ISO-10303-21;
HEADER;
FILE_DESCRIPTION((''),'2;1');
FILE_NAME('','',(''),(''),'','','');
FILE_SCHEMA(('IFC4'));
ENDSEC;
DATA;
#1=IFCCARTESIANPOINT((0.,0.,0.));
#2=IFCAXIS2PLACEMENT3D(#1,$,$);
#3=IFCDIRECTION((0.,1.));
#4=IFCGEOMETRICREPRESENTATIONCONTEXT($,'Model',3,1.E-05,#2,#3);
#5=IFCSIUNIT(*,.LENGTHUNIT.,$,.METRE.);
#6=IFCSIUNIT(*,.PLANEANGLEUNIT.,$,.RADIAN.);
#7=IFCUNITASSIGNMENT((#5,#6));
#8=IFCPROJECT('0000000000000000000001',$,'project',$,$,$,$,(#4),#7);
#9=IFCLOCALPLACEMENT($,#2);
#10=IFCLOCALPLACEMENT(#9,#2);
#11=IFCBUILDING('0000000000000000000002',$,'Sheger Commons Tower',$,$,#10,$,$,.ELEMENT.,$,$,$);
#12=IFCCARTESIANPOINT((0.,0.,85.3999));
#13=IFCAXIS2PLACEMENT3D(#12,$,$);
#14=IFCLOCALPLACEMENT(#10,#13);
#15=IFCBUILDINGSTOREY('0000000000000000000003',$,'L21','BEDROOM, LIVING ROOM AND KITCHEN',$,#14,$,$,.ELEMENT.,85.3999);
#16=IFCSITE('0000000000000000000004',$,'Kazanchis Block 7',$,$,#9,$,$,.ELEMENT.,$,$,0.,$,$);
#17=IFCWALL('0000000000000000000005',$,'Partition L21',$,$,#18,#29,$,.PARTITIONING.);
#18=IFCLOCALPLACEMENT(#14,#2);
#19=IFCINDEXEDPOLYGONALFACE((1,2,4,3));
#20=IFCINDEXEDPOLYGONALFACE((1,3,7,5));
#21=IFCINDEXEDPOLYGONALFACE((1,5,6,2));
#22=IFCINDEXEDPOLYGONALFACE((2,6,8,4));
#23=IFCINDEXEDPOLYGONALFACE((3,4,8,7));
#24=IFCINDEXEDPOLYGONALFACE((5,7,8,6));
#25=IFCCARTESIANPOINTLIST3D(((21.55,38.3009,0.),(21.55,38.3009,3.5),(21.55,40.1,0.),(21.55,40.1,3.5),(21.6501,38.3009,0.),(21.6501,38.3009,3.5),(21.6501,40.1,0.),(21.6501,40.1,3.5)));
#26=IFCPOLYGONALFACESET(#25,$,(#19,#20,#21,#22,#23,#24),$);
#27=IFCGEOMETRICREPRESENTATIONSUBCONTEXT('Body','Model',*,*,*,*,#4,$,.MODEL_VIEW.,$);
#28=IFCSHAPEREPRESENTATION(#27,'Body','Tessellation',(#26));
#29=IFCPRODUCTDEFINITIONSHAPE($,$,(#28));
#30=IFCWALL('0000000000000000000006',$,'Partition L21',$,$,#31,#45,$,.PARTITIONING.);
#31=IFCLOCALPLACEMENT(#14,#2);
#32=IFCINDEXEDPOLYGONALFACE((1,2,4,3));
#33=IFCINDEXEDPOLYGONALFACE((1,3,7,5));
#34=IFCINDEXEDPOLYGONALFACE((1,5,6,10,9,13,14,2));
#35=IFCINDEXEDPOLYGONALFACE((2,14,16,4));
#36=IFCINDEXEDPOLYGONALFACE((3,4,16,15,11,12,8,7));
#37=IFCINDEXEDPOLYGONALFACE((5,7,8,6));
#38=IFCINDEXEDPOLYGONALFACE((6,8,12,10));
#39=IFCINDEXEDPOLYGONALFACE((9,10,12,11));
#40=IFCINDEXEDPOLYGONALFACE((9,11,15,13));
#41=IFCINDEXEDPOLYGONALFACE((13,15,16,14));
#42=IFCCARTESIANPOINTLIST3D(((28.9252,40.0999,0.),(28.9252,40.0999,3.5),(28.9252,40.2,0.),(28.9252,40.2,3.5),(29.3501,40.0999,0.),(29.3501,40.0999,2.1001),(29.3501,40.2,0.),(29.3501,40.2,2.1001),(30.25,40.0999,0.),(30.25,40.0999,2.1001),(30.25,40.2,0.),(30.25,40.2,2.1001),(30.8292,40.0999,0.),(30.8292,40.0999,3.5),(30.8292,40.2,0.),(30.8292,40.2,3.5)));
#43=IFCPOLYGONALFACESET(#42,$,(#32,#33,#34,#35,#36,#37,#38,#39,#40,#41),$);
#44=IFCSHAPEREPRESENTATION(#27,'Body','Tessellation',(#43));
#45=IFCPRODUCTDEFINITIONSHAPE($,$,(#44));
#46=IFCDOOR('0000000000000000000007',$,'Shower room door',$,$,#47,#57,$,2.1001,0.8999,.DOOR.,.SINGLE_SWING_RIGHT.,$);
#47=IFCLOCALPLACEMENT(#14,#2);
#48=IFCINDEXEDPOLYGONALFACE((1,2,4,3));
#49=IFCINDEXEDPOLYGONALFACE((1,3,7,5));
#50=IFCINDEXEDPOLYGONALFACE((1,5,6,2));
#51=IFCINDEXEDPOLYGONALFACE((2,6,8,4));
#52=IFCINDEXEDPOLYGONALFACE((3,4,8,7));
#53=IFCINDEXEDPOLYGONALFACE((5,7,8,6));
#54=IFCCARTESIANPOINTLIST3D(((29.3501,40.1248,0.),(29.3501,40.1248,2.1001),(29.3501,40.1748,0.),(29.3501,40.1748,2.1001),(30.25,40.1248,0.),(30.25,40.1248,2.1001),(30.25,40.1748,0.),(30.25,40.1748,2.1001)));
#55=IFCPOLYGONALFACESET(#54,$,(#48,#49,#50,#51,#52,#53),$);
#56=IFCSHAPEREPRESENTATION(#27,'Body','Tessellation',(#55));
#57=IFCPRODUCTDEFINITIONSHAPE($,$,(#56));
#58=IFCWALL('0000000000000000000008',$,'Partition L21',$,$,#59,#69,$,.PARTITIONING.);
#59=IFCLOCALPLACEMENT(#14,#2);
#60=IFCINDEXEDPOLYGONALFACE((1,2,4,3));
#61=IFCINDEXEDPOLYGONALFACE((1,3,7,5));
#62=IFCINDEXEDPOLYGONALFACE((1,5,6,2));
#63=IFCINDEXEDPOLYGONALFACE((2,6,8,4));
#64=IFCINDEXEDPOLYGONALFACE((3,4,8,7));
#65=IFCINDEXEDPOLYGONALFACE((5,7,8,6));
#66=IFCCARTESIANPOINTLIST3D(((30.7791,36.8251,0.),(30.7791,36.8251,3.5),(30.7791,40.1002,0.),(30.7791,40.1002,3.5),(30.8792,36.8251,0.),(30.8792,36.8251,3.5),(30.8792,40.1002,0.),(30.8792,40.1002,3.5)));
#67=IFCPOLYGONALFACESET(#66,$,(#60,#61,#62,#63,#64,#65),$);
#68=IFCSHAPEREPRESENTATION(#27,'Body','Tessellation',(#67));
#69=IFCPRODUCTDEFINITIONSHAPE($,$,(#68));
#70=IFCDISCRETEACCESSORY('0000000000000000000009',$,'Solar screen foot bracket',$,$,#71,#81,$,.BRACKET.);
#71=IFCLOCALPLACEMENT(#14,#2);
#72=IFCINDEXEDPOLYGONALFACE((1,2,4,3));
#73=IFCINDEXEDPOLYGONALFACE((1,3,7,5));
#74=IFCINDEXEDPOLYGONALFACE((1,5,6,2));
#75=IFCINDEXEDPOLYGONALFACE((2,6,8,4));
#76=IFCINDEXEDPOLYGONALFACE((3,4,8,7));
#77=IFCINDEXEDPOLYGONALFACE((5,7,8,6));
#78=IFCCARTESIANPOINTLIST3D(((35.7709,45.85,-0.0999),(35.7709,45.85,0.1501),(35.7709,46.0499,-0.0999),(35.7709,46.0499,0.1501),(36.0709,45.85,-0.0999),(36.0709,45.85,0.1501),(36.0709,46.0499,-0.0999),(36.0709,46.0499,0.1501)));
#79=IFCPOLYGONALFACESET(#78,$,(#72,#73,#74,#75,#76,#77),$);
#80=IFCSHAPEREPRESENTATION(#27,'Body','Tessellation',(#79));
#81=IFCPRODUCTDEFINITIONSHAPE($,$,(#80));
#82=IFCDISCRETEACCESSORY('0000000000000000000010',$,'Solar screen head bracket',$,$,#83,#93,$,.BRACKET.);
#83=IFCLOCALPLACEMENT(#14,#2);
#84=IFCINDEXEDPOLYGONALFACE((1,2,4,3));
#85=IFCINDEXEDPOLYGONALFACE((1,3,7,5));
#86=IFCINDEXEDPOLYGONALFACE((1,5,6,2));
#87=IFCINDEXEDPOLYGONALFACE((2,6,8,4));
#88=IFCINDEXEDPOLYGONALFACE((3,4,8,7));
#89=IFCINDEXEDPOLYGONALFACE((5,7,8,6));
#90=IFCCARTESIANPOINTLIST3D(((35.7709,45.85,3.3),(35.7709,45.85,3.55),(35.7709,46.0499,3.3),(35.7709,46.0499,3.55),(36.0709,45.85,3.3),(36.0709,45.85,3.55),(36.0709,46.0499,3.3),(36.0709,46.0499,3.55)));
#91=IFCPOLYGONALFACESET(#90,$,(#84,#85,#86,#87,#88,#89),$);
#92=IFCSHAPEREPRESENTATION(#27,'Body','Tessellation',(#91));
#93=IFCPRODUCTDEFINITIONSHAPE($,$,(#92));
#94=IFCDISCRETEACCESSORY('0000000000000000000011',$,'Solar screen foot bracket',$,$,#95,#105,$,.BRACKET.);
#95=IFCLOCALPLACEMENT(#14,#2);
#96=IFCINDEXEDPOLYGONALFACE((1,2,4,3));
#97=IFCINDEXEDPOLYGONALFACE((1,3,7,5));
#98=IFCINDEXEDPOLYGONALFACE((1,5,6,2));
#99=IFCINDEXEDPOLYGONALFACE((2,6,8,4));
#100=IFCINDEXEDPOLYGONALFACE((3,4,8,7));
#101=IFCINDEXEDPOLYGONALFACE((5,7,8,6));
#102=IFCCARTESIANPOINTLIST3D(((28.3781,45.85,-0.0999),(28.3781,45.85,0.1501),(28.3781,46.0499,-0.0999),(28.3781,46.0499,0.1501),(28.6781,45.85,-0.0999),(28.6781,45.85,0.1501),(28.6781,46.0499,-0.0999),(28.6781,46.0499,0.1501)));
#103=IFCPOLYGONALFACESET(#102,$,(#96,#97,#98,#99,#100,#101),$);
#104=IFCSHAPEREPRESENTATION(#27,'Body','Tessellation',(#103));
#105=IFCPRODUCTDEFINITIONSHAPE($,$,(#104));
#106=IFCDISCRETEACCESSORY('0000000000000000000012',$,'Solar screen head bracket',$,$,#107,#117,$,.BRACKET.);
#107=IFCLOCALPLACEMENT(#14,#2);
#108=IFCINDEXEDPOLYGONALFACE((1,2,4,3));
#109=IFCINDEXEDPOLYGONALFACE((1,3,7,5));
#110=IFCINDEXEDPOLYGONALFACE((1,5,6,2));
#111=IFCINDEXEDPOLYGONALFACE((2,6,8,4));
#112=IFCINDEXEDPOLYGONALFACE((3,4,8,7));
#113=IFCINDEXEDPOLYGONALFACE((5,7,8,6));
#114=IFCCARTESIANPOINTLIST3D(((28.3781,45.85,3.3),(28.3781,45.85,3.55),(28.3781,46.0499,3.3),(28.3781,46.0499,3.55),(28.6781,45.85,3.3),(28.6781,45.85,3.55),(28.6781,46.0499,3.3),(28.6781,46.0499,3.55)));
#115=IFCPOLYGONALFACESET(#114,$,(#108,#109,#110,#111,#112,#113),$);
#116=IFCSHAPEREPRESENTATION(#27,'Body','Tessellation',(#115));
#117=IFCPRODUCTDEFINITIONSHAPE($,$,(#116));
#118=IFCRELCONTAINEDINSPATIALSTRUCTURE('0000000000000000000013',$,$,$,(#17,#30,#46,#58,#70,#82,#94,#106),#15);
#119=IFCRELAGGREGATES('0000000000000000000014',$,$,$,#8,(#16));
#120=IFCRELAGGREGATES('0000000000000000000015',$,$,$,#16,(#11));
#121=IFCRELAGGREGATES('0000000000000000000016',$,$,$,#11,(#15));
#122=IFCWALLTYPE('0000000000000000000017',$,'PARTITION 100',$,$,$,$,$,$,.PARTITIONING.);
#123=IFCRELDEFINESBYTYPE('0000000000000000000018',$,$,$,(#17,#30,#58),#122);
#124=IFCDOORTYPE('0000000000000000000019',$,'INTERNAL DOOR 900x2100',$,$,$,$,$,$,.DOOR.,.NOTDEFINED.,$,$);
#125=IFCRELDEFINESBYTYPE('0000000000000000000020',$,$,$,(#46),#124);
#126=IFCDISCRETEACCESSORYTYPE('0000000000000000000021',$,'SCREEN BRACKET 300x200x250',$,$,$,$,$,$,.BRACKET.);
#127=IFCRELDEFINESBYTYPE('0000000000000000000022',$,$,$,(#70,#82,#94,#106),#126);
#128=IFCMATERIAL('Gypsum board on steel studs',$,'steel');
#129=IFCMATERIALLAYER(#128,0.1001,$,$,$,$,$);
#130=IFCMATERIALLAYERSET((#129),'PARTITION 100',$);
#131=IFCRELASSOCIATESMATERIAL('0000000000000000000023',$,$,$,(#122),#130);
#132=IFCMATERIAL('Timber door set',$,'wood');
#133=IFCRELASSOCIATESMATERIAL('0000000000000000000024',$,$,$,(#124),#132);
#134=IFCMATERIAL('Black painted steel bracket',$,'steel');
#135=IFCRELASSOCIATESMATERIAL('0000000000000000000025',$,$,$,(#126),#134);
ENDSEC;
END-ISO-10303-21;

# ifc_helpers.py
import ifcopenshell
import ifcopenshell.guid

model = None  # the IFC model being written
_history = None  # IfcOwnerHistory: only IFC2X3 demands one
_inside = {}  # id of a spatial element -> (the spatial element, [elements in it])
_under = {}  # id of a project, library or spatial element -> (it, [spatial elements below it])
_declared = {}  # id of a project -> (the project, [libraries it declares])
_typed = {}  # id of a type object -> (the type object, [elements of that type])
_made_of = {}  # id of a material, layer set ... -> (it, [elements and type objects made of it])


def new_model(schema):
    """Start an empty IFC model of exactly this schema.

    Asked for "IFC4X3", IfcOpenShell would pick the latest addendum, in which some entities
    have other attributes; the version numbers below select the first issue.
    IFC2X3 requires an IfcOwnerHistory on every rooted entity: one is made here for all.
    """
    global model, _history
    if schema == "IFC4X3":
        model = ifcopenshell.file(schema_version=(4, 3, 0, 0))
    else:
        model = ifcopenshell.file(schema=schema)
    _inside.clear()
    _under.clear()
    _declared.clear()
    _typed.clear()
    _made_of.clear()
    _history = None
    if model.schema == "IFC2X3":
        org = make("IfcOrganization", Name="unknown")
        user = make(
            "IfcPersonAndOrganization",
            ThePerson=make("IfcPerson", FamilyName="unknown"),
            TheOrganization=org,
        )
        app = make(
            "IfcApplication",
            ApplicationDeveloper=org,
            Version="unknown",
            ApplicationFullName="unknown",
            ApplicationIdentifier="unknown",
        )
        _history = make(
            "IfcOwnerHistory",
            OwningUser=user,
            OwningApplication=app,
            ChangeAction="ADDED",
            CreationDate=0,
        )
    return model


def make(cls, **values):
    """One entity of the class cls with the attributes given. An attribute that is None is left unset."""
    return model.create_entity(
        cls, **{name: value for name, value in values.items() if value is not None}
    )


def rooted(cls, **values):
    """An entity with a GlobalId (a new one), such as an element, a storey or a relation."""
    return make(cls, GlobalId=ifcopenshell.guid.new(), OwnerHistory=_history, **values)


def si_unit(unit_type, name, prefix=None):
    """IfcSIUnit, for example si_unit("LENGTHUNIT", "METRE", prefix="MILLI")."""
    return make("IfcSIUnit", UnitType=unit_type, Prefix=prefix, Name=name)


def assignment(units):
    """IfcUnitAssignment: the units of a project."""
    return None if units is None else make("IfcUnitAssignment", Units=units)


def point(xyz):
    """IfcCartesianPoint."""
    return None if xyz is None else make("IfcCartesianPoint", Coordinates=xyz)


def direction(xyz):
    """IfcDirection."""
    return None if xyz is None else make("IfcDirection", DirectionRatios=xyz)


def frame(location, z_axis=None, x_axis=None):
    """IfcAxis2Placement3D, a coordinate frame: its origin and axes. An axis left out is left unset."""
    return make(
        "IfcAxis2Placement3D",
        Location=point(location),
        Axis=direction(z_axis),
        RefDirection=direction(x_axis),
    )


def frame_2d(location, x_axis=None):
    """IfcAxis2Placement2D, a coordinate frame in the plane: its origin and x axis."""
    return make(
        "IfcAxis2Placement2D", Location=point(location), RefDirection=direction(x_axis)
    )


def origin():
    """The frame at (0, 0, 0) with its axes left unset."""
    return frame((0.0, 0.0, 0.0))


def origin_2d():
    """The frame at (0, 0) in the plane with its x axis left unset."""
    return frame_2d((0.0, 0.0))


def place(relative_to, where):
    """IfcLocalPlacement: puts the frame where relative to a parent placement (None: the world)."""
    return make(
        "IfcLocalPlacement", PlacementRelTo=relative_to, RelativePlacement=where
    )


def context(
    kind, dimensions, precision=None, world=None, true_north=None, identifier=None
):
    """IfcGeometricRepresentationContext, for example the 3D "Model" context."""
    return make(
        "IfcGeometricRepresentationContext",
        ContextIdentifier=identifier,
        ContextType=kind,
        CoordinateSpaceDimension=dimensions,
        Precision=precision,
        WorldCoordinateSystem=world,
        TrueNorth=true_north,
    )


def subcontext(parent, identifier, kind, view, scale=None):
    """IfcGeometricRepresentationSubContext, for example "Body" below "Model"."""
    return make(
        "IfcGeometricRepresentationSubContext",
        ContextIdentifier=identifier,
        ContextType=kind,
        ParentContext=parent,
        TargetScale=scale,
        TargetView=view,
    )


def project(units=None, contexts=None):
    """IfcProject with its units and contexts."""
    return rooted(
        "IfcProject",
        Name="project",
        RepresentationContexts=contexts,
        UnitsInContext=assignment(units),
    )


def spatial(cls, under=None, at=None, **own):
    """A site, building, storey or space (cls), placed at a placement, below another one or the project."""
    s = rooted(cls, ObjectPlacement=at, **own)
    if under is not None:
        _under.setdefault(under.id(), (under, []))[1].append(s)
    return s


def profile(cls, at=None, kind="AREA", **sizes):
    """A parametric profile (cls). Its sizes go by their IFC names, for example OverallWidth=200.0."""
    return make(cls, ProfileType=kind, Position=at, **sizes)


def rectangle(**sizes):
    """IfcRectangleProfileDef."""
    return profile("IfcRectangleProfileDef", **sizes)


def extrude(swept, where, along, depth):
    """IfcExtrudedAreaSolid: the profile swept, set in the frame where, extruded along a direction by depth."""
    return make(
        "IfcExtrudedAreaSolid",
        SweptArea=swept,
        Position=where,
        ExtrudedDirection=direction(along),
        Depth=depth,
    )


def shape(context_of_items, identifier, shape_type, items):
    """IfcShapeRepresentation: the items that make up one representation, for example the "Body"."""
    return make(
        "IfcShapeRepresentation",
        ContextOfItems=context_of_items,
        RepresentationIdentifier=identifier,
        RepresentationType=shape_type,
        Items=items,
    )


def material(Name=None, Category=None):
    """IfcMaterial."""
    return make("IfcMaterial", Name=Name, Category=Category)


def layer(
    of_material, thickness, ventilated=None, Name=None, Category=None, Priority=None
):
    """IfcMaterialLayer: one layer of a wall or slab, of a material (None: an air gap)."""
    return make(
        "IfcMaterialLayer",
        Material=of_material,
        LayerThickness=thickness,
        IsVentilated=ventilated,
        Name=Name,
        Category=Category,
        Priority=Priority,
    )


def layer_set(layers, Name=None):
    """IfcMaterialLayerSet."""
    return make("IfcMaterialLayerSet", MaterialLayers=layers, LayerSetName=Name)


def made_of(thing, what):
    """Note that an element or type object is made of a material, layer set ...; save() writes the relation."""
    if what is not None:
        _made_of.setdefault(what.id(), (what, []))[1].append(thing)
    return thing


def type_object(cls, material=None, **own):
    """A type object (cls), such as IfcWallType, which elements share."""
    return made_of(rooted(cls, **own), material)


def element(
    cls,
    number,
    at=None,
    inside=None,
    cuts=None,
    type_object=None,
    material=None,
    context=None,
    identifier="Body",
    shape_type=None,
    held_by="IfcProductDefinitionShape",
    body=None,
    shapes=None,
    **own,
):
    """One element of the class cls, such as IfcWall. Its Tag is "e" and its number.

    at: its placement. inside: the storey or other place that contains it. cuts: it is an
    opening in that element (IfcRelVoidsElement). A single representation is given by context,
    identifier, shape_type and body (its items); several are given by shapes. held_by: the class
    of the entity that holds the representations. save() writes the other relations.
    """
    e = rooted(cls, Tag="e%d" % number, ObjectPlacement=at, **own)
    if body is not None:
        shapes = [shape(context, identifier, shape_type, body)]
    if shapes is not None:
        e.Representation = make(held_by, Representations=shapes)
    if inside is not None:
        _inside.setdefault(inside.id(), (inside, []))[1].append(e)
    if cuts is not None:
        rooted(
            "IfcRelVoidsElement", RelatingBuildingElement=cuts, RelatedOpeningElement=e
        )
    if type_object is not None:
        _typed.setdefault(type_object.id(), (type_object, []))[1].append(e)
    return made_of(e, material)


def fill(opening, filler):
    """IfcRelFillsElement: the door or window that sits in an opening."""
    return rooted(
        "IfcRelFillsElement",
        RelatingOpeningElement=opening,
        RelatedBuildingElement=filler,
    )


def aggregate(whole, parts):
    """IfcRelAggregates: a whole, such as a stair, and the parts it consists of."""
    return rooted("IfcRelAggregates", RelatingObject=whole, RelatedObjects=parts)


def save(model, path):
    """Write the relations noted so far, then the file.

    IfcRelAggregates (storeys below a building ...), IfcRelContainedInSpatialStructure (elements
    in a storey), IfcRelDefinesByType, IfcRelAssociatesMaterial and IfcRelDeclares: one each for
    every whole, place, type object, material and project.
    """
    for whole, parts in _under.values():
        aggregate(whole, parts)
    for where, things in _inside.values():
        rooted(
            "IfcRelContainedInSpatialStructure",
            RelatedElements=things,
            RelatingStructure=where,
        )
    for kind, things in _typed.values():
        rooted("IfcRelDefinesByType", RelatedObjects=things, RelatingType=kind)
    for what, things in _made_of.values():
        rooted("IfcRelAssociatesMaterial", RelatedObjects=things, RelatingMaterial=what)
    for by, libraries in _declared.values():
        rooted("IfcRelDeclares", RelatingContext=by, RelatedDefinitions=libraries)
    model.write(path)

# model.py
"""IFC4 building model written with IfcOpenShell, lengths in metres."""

from ifc_helpers import new_model, si_unit, direction, frame, frame_2d, origin, origin_2d, place, context, subcontext, project, spatial, rectangle, extrude, material, layer, layer_set, type_object, element, fill, save


model = new_model("IFC4")

# Units and contexts
model_context = context("Model", 3, precision=1e-05, world=origin(), true_north=direction((0.0, 1.0)))
body_context = subcontext(model_context, "Body", "Model", "MODEL_VIEW")
ifc_project = project(units=[si_unit("LENGTHUNIT", "METRE"), si_unit("PLANEANGLEUNIT", "RADIAN")], contexts=[model_context])

# Site, building, storey
site_placement = place(None, origin())
site = spatial("IfcSite", under=ifc_project, at=site_placement, Name="Kazanchis Block 7", CompositionType="ELEMENT", RefElevation=0.0)
building_placement = place(site_placement, origin())
building = spatial("IfcBuilding", under=site, at=building_placement, Name="Sheger Commons Tower", CompositionType="ELEMENT")
storey_placement = place(building_placement, frame((0.0, 0.0, 85.3999)))
storey = spatial("IfcBuildingStorey", under=building, at=storey_placement, Name="L21", Description="BEDROOM, LIVING ROOM AND KITCHEN", CompositionType="ELEMENT", Elevation=85.3999)

# Wall
ifc_material_1 = material(Name="Gypsum board on steel studs", Category="steel")
ifc_layer_1 = layer(ifc_material_1, 0.1001)
ifc_layer_set_1 = layer_set([ifc_layer_1], Name="PARTITION 100")
wall_type_1 = type_object("IfcWallType", Name="PARTITION 100", PredefinedType="PARTITIONING", material=ifc_layer_set_1)
wall_1_placement = place(storey_placement, frame((21.6001, 38.301, 0.0), z_axis=(0.0, 0.0, 1.0), x_axis=(0.0, 1.0, 0.0)))
element("IfcWall", 1, at=wall_1_placement, inside=storey, type_object=wall_type_1, Name="Partition L21", PredefinedType="PARTITIONING", context=body_context, shape_type="SweptSolid", body=[
    extrude(rectangle(XDim=1.7991, YDim=0.1001, at=frame_2d((0.8994, 0.0))), origin(), (0.0, 0.0, 1.0), 3.5),
])

# Wall, opening, door
wall_2_placement = place(storey_placement, frame((28.925, 40.1499, 0.0), z_axis=(0.0, 0.0, 1.0), x_axis=(1.0, 0.0, 0.0)))
wall_2 = element("IfcWall", 2, at=wall_2_placement, inside=storey, type_object=wall_type_1, Name="Partition L21", PredefinedType="PARTITIONING", context=body_context, shape_type="SweptSolid", body=[
    extrude(rectangle(XDim=1.9041, YDim=0.1001, at=frame_2d((0.9521, 0.0))), origin(), (0.0, 0.0, 1.0), 3.5),
])
opening_1_placement = place(wall_2_placement, frame((0.425, 0.0, 0.0)))
opening_1 = element("IfcOpeningElement", 3, at=opening_1_placement, cuts=wall_2, PredefinedType="OPENING", context=body_context, shape_type="SweptSolid", body=[
    extrude(rectangle(XDim=0.8999, YDim=2.1001, at=frame_2d((0.45, 1.05))), frame((0.0, 0.0601, 0.0), z_axis=(0.0, -1.0, 0.0), x_axis=(1.0, 0.0, 0.0)), (0.0, 0.0, 1.0), 0.1201),
])
ifc_material_2 = material(Name="Timber door set", Category="wood")
door_type_1 = type_object("IfcDoorType", Name="INTERNAL DOOR 900x2100", OperationType="NOTDEFINED", PredefinedType="DOOR", material=ifc_material_2)
door_1_placement = place(opening_1_placement, origin())
door_1 = element("IfcDoor", 4, at=door_1_placement, inside=storey, type_object=door_type_1, Name="Shower room door", OperationType="SINGLE_SWING_RIGHT", OverallHeight=2.1001, OverallWidth=0.8999, PredefinedType="DOOR", context=body_context, shape_type="SweptSolid", body=[
    extrude(rectangle(XDim=0.8999, YDim=2.1001, at=frame_2d((0.45, 1.05))), frame((0.0, 0.0249, 0.0), z_axis=(0.0, -1.0, 0.0), x_axis=(1.0, 0.0, 0.0)), (0.0, 0.0, 1.0), 0.05),
])
fill(opening_1, door_1)

# Wall
wall_3_placement = place(storey_placement, frame((30.8291, 36.825, 0.0), z_axis=(0.0, 0.0, 1.0), x_axis=(0.0, 1.0, 0.0)))
element("IfcWall", 5, at=wall_3_placement, inside=storey, type_object=wall_type_1, Name="Partition L21", PredefinedType="PARTITIONING", context=body_context, shape_type="SweptSolid", body=[
    extrude(rectangle(XDim=3.2751, YDim=0.1001, at=frame_2d((1.6377, 0.0))), origin(), (0.0, 0.0, 1.0), 3.5),
])

# Discrete accessories
ifc_material_3 = material(Name="Black painted steel bracket", Category="steel")
discrete_accessory_type = type_object("IfcDiscreteAccessoryType", Name="SCREEN BRACKET 300x200x250", PredefinedType="BRACKET", material=ifc_material_3)
for number, where, z_axis, x_axis, name in (
    (6, (35.9209, 45.95, -0.0999), (0.0, 0.0, 1.0), (-1.0, 0.0, 0.0), "Solar screen foot bracket"),
    (7, (35.9209, 45.95, 3.3), (0.0, 0.0, 1.0), (-1.0, 0.0, 0.0), "Solar screen head bracket"),
    (8, (28.5281, 45.95, -0.0999), (0.0, 0.0, 1.0), (-1.0, 0.0, 0.0), "Solar screen foot bracket"),
    (9, (28.5281, 45.95, 3.3), (0.0, 0.0, 1.0), (-1.0, 0.0, 0.0), "Solar screen head bracket"),
):
    element("IfcDiscreteAccessory", number, at=place(storey_placement, frame(where, z_axis=z_axis, x_axis=x_axis)), inside=storey, type_object=discrete_accessory_type, Name=name, PredefinedType="BRACKET", context=body_context, shape_type="SweptSolid", body=[
        extrude(rectangle(XDim=0.3, YDim=0.2, at=origin_2d()), origin(), (0.0, 0.0, 1.0), 0.25),
    ])

save(model, "model.ifc")
